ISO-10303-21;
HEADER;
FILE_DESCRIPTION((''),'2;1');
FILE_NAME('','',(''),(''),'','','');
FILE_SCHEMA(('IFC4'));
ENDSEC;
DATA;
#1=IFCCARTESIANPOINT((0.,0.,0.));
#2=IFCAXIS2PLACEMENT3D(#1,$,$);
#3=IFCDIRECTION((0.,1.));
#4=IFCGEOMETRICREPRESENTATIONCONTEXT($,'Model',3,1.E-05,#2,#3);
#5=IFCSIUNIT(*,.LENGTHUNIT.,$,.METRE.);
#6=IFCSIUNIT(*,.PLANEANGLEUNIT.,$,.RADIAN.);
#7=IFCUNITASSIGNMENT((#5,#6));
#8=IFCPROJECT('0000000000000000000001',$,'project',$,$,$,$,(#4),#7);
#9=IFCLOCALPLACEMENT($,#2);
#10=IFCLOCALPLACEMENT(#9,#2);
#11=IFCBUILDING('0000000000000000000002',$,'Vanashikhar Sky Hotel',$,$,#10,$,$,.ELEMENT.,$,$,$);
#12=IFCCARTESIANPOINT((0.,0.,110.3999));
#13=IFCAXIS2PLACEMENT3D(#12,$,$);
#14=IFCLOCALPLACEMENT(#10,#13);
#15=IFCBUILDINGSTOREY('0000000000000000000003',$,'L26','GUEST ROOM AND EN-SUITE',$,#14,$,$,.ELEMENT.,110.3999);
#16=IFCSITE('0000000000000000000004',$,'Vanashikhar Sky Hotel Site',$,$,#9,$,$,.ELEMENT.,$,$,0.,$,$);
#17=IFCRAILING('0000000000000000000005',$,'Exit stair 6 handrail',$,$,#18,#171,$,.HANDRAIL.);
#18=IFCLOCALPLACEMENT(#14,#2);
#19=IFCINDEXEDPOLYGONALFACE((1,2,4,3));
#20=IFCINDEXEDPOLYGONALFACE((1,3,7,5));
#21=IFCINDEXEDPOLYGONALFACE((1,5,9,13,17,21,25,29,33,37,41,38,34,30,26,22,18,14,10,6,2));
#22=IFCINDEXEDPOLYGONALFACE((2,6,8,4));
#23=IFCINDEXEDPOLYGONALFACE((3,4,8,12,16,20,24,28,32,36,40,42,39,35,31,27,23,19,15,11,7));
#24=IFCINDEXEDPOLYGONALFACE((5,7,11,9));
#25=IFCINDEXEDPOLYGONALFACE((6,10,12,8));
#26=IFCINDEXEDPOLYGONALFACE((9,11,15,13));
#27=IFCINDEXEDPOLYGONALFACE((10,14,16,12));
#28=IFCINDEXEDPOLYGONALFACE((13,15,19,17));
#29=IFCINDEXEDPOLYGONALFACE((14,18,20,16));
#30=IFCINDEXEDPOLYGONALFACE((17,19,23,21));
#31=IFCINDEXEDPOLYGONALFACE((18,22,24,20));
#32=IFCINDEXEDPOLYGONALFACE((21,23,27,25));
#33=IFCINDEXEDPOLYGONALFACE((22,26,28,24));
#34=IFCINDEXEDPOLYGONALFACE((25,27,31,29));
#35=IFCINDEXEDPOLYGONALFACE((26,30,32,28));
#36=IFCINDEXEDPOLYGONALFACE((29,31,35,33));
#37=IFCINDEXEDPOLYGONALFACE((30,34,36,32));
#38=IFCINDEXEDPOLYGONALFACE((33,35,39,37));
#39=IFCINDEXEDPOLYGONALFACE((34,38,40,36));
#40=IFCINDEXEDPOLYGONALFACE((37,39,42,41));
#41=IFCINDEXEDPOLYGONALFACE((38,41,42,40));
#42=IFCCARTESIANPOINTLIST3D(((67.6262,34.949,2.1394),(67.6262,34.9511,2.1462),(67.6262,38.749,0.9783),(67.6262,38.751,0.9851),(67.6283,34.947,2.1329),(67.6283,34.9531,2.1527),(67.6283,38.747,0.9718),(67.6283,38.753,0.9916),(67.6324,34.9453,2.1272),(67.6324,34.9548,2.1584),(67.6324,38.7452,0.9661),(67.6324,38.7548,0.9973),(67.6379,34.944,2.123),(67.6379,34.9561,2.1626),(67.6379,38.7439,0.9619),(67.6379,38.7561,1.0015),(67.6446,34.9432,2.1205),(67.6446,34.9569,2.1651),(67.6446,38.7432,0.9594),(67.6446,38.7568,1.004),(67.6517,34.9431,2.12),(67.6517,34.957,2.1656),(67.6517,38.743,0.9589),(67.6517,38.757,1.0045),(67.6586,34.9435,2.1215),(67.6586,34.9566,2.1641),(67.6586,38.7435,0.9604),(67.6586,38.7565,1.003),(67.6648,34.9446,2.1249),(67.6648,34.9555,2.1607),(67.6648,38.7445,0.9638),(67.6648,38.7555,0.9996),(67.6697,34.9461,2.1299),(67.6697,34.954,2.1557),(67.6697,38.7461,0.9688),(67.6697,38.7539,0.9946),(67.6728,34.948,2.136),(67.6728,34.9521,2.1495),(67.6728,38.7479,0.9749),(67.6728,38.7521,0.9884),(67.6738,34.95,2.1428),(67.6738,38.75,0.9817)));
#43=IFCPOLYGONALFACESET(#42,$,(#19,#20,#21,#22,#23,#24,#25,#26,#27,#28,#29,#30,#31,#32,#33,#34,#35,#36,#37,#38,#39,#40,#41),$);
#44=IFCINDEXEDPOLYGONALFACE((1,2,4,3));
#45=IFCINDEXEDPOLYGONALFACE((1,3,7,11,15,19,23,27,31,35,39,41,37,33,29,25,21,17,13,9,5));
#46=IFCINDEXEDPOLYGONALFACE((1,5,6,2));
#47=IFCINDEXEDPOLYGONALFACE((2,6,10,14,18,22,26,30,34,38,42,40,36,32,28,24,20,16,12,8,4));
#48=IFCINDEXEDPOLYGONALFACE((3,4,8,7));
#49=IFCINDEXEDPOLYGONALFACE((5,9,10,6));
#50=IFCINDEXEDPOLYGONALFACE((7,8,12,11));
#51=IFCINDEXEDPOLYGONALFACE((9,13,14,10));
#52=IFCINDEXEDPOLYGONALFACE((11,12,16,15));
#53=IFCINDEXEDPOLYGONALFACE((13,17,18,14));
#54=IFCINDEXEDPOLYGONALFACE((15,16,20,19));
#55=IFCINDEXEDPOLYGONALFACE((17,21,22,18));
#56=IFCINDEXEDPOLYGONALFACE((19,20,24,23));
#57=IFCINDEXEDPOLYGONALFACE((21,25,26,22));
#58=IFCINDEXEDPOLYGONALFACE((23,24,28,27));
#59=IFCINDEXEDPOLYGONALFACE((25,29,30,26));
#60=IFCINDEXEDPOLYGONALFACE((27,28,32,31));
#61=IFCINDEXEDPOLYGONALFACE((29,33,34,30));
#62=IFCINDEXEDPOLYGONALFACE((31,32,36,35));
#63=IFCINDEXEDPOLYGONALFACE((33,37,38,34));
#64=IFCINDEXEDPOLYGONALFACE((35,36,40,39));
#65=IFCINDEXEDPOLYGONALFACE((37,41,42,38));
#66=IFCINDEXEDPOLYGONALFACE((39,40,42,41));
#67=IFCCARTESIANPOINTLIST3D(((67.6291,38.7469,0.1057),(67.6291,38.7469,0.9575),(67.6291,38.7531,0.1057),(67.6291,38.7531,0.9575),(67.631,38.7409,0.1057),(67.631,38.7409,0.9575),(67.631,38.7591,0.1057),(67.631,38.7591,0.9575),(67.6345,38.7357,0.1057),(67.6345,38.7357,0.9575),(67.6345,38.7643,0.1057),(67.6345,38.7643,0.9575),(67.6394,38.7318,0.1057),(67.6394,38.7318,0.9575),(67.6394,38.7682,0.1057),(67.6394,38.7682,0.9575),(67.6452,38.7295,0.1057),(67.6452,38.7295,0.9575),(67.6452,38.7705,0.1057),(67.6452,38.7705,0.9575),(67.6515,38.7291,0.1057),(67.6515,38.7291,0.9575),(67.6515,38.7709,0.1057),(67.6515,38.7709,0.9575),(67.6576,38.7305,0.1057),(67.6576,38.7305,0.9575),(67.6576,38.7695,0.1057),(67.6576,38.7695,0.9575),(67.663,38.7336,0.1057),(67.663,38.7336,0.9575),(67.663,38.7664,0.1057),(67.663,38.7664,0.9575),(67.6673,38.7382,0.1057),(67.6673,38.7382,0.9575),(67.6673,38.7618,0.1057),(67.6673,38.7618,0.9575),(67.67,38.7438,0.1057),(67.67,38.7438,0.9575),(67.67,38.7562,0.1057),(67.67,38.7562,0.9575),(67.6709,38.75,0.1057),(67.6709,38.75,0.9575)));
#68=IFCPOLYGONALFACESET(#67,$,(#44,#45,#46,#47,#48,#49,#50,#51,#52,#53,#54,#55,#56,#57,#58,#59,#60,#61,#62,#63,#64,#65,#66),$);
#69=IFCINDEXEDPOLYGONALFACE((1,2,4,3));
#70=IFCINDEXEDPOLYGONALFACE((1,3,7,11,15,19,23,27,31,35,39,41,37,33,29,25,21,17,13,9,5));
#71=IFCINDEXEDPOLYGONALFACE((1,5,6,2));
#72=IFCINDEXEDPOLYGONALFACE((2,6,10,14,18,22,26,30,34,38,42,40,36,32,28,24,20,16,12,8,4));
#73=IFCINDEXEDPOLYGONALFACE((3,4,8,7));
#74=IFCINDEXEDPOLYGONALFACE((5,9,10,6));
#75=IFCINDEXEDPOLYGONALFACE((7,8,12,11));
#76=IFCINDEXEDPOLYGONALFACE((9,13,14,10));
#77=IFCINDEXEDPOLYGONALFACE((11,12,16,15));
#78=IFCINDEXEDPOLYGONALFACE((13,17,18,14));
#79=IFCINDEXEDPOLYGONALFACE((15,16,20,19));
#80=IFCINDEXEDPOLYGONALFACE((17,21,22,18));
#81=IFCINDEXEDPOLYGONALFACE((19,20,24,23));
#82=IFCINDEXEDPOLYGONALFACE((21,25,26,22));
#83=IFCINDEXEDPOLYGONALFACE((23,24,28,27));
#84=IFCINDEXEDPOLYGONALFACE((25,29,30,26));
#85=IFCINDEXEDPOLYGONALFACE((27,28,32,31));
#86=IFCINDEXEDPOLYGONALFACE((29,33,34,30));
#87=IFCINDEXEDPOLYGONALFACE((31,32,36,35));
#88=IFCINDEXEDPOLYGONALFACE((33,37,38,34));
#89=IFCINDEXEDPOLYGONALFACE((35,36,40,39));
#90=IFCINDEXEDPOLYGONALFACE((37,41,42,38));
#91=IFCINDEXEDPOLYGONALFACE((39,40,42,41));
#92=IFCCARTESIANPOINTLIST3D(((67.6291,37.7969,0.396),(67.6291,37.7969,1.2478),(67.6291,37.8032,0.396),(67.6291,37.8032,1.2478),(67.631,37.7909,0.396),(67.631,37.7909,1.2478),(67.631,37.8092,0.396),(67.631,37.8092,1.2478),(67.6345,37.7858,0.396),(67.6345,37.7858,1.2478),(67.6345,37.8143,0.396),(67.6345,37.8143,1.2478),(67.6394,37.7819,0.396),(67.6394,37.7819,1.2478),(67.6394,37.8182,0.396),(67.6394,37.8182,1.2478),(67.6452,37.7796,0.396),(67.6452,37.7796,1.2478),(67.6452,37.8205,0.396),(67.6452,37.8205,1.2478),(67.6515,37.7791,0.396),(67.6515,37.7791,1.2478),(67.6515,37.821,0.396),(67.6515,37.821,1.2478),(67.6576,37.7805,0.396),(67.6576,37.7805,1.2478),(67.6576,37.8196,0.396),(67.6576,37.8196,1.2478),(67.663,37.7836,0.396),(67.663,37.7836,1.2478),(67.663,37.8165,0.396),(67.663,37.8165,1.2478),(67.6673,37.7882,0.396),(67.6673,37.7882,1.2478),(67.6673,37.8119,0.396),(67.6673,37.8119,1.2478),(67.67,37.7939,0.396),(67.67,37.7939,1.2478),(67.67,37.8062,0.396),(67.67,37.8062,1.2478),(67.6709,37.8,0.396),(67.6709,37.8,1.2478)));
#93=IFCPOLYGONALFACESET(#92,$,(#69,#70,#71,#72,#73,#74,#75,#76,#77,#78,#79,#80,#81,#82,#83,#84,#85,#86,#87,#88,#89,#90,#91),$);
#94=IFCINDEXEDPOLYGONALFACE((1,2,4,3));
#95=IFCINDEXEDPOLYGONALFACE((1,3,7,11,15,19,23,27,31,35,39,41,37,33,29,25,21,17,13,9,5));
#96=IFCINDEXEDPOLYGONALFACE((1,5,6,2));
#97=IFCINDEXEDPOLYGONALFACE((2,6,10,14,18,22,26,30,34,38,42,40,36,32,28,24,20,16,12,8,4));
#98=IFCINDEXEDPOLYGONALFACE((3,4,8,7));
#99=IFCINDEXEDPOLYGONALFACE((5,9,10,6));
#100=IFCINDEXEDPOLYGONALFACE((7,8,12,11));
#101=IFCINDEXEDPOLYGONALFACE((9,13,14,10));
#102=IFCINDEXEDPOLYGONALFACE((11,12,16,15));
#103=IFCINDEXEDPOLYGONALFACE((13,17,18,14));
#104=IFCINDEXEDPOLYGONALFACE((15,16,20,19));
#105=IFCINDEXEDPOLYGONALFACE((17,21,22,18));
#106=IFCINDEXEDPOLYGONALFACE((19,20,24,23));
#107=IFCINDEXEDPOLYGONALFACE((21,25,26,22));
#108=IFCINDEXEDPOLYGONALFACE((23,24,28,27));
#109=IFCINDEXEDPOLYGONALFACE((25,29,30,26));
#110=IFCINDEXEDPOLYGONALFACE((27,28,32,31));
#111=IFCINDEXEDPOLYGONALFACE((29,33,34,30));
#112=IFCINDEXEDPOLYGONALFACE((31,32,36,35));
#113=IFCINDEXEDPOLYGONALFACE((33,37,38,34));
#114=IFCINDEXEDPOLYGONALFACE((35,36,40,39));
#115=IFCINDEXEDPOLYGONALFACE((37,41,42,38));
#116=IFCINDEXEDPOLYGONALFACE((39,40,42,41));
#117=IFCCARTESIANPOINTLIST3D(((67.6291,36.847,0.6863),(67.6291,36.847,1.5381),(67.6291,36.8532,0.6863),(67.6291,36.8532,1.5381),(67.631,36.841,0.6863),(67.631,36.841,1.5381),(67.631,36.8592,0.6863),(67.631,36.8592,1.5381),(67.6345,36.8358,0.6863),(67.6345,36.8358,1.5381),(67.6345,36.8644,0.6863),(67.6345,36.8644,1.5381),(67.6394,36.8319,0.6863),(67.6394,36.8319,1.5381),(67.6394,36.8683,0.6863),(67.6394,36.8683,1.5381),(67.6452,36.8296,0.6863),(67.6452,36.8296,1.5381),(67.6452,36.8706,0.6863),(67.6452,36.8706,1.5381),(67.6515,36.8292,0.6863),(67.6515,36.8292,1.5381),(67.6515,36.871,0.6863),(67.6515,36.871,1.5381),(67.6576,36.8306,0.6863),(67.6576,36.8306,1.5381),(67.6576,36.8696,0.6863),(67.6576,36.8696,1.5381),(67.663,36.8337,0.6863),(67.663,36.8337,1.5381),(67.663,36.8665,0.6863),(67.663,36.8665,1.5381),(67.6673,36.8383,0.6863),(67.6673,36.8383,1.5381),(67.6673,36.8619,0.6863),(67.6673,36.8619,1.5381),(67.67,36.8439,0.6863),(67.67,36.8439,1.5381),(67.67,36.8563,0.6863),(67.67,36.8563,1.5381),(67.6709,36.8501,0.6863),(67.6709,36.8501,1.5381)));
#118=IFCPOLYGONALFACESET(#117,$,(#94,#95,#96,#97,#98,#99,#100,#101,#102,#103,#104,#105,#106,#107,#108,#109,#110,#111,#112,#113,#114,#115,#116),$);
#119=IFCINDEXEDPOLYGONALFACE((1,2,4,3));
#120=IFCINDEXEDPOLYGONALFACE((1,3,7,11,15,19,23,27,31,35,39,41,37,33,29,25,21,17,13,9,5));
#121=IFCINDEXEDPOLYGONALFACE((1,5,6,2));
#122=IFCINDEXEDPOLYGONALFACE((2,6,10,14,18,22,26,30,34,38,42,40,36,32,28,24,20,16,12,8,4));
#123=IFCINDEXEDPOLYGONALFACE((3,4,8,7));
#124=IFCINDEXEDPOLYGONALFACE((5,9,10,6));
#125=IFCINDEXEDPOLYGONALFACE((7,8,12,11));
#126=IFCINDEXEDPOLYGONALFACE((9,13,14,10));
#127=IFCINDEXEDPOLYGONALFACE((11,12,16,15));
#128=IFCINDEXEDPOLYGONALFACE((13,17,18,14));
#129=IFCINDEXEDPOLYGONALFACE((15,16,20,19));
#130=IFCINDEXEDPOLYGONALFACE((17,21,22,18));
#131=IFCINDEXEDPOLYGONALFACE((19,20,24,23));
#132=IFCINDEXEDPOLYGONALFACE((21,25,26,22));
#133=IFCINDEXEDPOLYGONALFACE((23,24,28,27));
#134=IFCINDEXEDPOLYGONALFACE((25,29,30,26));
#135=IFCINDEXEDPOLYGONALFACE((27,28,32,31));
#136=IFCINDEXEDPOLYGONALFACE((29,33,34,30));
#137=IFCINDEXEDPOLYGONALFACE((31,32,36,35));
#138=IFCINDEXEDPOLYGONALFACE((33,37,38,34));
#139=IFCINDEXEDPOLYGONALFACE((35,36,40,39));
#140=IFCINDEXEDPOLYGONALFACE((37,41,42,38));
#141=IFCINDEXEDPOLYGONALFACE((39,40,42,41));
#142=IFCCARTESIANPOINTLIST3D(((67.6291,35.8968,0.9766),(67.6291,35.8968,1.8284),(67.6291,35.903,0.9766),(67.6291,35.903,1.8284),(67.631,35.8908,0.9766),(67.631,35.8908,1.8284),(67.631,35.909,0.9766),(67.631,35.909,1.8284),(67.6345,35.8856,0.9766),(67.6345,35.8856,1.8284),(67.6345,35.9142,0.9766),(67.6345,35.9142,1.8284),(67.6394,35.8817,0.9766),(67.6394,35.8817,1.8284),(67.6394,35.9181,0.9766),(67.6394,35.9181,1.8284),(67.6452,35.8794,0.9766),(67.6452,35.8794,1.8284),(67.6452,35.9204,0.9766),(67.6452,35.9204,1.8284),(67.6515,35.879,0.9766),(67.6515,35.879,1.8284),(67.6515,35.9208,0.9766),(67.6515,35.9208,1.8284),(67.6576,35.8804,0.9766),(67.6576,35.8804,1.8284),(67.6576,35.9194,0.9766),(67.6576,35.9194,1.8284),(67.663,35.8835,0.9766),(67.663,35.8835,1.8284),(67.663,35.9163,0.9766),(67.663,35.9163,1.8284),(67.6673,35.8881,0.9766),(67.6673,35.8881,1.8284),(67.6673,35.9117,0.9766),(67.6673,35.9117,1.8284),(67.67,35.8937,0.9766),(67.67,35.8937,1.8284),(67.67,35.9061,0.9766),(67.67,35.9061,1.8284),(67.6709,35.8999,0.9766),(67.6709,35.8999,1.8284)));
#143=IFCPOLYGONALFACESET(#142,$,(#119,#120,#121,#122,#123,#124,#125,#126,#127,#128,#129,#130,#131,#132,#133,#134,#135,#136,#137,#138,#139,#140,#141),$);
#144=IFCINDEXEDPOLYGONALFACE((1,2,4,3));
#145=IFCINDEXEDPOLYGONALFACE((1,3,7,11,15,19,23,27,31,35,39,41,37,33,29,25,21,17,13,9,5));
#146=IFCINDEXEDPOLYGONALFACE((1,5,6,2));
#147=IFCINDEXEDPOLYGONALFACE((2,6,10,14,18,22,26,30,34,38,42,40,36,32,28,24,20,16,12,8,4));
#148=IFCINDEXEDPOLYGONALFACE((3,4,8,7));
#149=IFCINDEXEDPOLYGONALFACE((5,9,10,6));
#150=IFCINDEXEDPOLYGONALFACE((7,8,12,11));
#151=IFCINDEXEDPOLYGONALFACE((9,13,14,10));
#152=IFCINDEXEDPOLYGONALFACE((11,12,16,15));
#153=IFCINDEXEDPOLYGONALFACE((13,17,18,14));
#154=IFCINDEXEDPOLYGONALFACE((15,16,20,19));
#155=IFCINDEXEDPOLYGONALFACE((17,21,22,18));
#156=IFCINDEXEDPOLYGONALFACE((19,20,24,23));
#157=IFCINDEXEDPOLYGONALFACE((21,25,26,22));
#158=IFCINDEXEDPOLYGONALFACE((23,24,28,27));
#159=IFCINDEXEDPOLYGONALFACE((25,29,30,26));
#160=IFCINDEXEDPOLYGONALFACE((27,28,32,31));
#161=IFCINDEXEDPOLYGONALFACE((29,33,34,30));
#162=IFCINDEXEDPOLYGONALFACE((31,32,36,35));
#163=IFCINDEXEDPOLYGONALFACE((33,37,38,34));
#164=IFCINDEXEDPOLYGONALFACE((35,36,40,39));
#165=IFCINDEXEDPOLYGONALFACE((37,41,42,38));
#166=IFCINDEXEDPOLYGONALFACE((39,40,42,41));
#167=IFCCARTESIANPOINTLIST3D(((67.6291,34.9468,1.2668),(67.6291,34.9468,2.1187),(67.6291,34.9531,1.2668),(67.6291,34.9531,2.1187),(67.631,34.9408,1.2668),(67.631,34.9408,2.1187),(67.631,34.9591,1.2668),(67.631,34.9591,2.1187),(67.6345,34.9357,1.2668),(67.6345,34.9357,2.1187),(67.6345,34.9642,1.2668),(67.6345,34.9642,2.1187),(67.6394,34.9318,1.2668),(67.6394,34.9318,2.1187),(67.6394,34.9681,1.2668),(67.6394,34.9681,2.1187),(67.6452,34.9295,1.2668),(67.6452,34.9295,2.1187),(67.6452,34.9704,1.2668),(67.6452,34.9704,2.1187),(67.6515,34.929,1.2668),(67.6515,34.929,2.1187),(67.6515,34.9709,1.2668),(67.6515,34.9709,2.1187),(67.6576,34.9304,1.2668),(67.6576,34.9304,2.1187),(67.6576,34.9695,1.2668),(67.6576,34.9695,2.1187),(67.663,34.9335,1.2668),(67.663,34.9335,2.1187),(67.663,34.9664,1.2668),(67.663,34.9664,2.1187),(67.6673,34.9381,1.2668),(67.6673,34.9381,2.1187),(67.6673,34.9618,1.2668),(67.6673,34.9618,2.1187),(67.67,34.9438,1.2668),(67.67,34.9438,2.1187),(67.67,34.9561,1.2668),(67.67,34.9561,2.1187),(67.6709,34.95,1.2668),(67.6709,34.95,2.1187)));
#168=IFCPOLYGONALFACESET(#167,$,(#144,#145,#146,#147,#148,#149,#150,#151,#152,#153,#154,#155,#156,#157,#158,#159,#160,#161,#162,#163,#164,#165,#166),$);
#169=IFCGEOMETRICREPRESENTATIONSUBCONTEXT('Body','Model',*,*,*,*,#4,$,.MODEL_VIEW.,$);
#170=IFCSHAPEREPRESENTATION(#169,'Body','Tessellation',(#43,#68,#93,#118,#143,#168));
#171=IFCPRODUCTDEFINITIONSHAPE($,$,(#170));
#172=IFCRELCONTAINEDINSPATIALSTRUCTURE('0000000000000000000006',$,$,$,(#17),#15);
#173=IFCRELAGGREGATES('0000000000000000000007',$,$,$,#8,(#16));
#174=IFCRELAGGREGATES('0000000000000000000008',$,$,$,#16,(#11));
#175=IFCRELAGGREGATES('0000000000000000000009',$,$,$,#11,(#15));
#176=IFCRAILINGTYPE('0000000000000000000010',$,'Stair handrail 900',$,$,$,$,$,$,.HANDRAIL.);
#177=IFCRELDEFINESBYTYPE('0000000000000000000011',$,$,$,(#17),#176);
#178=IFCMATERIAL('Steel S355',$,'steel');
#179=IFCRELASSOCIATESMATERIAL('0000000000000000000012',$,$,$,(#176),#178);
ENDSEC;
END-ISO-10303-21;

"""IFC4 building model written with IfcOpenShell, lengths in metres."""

from ifc_helpers import new_model, si_unit, direction, frame, origin, origin_2d, place, context, subcontext, project, spatial, circle, extrude, source, transform, mapped, material, type_object, element, save


model = new_model("IFC4")

# Units and contexts
model_context = context("Model", 3, precision=1e-05, world=origin(), true_north=direction((0.0, 1.0)))
body_context = subcontext(model_context, "Body", "Model", "MODEL_VIEW")
ifc_project = project(units=[si_unit("LENGTHUNIT", "METRE"), si_unit("PLANEANGLEUNIT", "RADIAN")], contexts=[model_context])

# Site, building, storey
site_placement = place(None, origin())
site = spatial("IfcSite", under=ifc_project, at=site_placement, Name="Vanashikhar Sky Hotel Site", CompositionType="ELEMENT", RefElevation=0.0)
building_placement = place(site_placement, origin())
building = spatial("IfcBuilding", under=site, at=building_placement, Name="Vanashikhar Sky Hotel", CompositionType="ELEMENT")
storey_placement = place(building_placement, frame((0.0, 0.0, 110.3999)))
storey = spatial("IfcBuildingStorey", under=building, at=storey_placement, Name="L26", Description="GUEST ROOM AND EN-SUITE", CompositionType="ELEMENT", Elevation=110.3999)

# Railing
ifc_material_1 = material(Name="Steel S355", Category="steel")
railing_type_1 = type_object("IfcRailingType", Name="Stair handrail 900", PredefinedType="HANDRAIL", material=ifc_material_1)
shared_shape_1 = source(origin(), body_context, "Body", "SweptSolid", [
    extrude(circle(Radius=0.0239, at=origin_2d()), frame((0.0, 0.0, 0.876), z_axis=(0.0, -0.956351, 0.29222), x_axis=(1.0, 0.0, 0.0)), (0.0, 0.0, 1.0), 3.9734),
    extrude(circle(Radius=0.021, at=origin_2d()), origin(), (0.0, 0.0, 1.0), 0.8518),
    extrude(circle(Radius=0.021, at=origin_2d()), frame((0.0, -0.95, 0.2903)), (0.0, 0.0, 1.0), 0.8518),
    extrude(circle(Radius=0.021, at=origin_2d()), frame((0.0, -1.8999, 0.5806)), (0.0, 0.0, 1.0), 0.8518),
    extrude(circle(Radius=0.021, at=origin_2d()), frame((0.0, -2.8501, 0.8708)), (0.0, 0.0, 1.0), 0.8518),
    extrude(circle(Radius=0.021, at=origin_2d()), frame((0.0, -3.8, 1.1611)), (0.0, 0.0, 1.0), 0.8518),
])
for number, where, name in (
    (1, (67.6499, 38.75, 0.1057), "Exit stair 6 handrail"),
):
    element("IfcRailing", number, at=place(storey_placement, frame(where)), inside=storey, type_object=railing_type_1, Name=name, PredefinedType="HANDRAIL", context=body_context, shape_type="MappedRepresentation", body=[
        mapped(shared_shape_1, transform((0.0, 0.0, 0.0), scale=1.0)),
    ])

save(model, "model.ifc")
